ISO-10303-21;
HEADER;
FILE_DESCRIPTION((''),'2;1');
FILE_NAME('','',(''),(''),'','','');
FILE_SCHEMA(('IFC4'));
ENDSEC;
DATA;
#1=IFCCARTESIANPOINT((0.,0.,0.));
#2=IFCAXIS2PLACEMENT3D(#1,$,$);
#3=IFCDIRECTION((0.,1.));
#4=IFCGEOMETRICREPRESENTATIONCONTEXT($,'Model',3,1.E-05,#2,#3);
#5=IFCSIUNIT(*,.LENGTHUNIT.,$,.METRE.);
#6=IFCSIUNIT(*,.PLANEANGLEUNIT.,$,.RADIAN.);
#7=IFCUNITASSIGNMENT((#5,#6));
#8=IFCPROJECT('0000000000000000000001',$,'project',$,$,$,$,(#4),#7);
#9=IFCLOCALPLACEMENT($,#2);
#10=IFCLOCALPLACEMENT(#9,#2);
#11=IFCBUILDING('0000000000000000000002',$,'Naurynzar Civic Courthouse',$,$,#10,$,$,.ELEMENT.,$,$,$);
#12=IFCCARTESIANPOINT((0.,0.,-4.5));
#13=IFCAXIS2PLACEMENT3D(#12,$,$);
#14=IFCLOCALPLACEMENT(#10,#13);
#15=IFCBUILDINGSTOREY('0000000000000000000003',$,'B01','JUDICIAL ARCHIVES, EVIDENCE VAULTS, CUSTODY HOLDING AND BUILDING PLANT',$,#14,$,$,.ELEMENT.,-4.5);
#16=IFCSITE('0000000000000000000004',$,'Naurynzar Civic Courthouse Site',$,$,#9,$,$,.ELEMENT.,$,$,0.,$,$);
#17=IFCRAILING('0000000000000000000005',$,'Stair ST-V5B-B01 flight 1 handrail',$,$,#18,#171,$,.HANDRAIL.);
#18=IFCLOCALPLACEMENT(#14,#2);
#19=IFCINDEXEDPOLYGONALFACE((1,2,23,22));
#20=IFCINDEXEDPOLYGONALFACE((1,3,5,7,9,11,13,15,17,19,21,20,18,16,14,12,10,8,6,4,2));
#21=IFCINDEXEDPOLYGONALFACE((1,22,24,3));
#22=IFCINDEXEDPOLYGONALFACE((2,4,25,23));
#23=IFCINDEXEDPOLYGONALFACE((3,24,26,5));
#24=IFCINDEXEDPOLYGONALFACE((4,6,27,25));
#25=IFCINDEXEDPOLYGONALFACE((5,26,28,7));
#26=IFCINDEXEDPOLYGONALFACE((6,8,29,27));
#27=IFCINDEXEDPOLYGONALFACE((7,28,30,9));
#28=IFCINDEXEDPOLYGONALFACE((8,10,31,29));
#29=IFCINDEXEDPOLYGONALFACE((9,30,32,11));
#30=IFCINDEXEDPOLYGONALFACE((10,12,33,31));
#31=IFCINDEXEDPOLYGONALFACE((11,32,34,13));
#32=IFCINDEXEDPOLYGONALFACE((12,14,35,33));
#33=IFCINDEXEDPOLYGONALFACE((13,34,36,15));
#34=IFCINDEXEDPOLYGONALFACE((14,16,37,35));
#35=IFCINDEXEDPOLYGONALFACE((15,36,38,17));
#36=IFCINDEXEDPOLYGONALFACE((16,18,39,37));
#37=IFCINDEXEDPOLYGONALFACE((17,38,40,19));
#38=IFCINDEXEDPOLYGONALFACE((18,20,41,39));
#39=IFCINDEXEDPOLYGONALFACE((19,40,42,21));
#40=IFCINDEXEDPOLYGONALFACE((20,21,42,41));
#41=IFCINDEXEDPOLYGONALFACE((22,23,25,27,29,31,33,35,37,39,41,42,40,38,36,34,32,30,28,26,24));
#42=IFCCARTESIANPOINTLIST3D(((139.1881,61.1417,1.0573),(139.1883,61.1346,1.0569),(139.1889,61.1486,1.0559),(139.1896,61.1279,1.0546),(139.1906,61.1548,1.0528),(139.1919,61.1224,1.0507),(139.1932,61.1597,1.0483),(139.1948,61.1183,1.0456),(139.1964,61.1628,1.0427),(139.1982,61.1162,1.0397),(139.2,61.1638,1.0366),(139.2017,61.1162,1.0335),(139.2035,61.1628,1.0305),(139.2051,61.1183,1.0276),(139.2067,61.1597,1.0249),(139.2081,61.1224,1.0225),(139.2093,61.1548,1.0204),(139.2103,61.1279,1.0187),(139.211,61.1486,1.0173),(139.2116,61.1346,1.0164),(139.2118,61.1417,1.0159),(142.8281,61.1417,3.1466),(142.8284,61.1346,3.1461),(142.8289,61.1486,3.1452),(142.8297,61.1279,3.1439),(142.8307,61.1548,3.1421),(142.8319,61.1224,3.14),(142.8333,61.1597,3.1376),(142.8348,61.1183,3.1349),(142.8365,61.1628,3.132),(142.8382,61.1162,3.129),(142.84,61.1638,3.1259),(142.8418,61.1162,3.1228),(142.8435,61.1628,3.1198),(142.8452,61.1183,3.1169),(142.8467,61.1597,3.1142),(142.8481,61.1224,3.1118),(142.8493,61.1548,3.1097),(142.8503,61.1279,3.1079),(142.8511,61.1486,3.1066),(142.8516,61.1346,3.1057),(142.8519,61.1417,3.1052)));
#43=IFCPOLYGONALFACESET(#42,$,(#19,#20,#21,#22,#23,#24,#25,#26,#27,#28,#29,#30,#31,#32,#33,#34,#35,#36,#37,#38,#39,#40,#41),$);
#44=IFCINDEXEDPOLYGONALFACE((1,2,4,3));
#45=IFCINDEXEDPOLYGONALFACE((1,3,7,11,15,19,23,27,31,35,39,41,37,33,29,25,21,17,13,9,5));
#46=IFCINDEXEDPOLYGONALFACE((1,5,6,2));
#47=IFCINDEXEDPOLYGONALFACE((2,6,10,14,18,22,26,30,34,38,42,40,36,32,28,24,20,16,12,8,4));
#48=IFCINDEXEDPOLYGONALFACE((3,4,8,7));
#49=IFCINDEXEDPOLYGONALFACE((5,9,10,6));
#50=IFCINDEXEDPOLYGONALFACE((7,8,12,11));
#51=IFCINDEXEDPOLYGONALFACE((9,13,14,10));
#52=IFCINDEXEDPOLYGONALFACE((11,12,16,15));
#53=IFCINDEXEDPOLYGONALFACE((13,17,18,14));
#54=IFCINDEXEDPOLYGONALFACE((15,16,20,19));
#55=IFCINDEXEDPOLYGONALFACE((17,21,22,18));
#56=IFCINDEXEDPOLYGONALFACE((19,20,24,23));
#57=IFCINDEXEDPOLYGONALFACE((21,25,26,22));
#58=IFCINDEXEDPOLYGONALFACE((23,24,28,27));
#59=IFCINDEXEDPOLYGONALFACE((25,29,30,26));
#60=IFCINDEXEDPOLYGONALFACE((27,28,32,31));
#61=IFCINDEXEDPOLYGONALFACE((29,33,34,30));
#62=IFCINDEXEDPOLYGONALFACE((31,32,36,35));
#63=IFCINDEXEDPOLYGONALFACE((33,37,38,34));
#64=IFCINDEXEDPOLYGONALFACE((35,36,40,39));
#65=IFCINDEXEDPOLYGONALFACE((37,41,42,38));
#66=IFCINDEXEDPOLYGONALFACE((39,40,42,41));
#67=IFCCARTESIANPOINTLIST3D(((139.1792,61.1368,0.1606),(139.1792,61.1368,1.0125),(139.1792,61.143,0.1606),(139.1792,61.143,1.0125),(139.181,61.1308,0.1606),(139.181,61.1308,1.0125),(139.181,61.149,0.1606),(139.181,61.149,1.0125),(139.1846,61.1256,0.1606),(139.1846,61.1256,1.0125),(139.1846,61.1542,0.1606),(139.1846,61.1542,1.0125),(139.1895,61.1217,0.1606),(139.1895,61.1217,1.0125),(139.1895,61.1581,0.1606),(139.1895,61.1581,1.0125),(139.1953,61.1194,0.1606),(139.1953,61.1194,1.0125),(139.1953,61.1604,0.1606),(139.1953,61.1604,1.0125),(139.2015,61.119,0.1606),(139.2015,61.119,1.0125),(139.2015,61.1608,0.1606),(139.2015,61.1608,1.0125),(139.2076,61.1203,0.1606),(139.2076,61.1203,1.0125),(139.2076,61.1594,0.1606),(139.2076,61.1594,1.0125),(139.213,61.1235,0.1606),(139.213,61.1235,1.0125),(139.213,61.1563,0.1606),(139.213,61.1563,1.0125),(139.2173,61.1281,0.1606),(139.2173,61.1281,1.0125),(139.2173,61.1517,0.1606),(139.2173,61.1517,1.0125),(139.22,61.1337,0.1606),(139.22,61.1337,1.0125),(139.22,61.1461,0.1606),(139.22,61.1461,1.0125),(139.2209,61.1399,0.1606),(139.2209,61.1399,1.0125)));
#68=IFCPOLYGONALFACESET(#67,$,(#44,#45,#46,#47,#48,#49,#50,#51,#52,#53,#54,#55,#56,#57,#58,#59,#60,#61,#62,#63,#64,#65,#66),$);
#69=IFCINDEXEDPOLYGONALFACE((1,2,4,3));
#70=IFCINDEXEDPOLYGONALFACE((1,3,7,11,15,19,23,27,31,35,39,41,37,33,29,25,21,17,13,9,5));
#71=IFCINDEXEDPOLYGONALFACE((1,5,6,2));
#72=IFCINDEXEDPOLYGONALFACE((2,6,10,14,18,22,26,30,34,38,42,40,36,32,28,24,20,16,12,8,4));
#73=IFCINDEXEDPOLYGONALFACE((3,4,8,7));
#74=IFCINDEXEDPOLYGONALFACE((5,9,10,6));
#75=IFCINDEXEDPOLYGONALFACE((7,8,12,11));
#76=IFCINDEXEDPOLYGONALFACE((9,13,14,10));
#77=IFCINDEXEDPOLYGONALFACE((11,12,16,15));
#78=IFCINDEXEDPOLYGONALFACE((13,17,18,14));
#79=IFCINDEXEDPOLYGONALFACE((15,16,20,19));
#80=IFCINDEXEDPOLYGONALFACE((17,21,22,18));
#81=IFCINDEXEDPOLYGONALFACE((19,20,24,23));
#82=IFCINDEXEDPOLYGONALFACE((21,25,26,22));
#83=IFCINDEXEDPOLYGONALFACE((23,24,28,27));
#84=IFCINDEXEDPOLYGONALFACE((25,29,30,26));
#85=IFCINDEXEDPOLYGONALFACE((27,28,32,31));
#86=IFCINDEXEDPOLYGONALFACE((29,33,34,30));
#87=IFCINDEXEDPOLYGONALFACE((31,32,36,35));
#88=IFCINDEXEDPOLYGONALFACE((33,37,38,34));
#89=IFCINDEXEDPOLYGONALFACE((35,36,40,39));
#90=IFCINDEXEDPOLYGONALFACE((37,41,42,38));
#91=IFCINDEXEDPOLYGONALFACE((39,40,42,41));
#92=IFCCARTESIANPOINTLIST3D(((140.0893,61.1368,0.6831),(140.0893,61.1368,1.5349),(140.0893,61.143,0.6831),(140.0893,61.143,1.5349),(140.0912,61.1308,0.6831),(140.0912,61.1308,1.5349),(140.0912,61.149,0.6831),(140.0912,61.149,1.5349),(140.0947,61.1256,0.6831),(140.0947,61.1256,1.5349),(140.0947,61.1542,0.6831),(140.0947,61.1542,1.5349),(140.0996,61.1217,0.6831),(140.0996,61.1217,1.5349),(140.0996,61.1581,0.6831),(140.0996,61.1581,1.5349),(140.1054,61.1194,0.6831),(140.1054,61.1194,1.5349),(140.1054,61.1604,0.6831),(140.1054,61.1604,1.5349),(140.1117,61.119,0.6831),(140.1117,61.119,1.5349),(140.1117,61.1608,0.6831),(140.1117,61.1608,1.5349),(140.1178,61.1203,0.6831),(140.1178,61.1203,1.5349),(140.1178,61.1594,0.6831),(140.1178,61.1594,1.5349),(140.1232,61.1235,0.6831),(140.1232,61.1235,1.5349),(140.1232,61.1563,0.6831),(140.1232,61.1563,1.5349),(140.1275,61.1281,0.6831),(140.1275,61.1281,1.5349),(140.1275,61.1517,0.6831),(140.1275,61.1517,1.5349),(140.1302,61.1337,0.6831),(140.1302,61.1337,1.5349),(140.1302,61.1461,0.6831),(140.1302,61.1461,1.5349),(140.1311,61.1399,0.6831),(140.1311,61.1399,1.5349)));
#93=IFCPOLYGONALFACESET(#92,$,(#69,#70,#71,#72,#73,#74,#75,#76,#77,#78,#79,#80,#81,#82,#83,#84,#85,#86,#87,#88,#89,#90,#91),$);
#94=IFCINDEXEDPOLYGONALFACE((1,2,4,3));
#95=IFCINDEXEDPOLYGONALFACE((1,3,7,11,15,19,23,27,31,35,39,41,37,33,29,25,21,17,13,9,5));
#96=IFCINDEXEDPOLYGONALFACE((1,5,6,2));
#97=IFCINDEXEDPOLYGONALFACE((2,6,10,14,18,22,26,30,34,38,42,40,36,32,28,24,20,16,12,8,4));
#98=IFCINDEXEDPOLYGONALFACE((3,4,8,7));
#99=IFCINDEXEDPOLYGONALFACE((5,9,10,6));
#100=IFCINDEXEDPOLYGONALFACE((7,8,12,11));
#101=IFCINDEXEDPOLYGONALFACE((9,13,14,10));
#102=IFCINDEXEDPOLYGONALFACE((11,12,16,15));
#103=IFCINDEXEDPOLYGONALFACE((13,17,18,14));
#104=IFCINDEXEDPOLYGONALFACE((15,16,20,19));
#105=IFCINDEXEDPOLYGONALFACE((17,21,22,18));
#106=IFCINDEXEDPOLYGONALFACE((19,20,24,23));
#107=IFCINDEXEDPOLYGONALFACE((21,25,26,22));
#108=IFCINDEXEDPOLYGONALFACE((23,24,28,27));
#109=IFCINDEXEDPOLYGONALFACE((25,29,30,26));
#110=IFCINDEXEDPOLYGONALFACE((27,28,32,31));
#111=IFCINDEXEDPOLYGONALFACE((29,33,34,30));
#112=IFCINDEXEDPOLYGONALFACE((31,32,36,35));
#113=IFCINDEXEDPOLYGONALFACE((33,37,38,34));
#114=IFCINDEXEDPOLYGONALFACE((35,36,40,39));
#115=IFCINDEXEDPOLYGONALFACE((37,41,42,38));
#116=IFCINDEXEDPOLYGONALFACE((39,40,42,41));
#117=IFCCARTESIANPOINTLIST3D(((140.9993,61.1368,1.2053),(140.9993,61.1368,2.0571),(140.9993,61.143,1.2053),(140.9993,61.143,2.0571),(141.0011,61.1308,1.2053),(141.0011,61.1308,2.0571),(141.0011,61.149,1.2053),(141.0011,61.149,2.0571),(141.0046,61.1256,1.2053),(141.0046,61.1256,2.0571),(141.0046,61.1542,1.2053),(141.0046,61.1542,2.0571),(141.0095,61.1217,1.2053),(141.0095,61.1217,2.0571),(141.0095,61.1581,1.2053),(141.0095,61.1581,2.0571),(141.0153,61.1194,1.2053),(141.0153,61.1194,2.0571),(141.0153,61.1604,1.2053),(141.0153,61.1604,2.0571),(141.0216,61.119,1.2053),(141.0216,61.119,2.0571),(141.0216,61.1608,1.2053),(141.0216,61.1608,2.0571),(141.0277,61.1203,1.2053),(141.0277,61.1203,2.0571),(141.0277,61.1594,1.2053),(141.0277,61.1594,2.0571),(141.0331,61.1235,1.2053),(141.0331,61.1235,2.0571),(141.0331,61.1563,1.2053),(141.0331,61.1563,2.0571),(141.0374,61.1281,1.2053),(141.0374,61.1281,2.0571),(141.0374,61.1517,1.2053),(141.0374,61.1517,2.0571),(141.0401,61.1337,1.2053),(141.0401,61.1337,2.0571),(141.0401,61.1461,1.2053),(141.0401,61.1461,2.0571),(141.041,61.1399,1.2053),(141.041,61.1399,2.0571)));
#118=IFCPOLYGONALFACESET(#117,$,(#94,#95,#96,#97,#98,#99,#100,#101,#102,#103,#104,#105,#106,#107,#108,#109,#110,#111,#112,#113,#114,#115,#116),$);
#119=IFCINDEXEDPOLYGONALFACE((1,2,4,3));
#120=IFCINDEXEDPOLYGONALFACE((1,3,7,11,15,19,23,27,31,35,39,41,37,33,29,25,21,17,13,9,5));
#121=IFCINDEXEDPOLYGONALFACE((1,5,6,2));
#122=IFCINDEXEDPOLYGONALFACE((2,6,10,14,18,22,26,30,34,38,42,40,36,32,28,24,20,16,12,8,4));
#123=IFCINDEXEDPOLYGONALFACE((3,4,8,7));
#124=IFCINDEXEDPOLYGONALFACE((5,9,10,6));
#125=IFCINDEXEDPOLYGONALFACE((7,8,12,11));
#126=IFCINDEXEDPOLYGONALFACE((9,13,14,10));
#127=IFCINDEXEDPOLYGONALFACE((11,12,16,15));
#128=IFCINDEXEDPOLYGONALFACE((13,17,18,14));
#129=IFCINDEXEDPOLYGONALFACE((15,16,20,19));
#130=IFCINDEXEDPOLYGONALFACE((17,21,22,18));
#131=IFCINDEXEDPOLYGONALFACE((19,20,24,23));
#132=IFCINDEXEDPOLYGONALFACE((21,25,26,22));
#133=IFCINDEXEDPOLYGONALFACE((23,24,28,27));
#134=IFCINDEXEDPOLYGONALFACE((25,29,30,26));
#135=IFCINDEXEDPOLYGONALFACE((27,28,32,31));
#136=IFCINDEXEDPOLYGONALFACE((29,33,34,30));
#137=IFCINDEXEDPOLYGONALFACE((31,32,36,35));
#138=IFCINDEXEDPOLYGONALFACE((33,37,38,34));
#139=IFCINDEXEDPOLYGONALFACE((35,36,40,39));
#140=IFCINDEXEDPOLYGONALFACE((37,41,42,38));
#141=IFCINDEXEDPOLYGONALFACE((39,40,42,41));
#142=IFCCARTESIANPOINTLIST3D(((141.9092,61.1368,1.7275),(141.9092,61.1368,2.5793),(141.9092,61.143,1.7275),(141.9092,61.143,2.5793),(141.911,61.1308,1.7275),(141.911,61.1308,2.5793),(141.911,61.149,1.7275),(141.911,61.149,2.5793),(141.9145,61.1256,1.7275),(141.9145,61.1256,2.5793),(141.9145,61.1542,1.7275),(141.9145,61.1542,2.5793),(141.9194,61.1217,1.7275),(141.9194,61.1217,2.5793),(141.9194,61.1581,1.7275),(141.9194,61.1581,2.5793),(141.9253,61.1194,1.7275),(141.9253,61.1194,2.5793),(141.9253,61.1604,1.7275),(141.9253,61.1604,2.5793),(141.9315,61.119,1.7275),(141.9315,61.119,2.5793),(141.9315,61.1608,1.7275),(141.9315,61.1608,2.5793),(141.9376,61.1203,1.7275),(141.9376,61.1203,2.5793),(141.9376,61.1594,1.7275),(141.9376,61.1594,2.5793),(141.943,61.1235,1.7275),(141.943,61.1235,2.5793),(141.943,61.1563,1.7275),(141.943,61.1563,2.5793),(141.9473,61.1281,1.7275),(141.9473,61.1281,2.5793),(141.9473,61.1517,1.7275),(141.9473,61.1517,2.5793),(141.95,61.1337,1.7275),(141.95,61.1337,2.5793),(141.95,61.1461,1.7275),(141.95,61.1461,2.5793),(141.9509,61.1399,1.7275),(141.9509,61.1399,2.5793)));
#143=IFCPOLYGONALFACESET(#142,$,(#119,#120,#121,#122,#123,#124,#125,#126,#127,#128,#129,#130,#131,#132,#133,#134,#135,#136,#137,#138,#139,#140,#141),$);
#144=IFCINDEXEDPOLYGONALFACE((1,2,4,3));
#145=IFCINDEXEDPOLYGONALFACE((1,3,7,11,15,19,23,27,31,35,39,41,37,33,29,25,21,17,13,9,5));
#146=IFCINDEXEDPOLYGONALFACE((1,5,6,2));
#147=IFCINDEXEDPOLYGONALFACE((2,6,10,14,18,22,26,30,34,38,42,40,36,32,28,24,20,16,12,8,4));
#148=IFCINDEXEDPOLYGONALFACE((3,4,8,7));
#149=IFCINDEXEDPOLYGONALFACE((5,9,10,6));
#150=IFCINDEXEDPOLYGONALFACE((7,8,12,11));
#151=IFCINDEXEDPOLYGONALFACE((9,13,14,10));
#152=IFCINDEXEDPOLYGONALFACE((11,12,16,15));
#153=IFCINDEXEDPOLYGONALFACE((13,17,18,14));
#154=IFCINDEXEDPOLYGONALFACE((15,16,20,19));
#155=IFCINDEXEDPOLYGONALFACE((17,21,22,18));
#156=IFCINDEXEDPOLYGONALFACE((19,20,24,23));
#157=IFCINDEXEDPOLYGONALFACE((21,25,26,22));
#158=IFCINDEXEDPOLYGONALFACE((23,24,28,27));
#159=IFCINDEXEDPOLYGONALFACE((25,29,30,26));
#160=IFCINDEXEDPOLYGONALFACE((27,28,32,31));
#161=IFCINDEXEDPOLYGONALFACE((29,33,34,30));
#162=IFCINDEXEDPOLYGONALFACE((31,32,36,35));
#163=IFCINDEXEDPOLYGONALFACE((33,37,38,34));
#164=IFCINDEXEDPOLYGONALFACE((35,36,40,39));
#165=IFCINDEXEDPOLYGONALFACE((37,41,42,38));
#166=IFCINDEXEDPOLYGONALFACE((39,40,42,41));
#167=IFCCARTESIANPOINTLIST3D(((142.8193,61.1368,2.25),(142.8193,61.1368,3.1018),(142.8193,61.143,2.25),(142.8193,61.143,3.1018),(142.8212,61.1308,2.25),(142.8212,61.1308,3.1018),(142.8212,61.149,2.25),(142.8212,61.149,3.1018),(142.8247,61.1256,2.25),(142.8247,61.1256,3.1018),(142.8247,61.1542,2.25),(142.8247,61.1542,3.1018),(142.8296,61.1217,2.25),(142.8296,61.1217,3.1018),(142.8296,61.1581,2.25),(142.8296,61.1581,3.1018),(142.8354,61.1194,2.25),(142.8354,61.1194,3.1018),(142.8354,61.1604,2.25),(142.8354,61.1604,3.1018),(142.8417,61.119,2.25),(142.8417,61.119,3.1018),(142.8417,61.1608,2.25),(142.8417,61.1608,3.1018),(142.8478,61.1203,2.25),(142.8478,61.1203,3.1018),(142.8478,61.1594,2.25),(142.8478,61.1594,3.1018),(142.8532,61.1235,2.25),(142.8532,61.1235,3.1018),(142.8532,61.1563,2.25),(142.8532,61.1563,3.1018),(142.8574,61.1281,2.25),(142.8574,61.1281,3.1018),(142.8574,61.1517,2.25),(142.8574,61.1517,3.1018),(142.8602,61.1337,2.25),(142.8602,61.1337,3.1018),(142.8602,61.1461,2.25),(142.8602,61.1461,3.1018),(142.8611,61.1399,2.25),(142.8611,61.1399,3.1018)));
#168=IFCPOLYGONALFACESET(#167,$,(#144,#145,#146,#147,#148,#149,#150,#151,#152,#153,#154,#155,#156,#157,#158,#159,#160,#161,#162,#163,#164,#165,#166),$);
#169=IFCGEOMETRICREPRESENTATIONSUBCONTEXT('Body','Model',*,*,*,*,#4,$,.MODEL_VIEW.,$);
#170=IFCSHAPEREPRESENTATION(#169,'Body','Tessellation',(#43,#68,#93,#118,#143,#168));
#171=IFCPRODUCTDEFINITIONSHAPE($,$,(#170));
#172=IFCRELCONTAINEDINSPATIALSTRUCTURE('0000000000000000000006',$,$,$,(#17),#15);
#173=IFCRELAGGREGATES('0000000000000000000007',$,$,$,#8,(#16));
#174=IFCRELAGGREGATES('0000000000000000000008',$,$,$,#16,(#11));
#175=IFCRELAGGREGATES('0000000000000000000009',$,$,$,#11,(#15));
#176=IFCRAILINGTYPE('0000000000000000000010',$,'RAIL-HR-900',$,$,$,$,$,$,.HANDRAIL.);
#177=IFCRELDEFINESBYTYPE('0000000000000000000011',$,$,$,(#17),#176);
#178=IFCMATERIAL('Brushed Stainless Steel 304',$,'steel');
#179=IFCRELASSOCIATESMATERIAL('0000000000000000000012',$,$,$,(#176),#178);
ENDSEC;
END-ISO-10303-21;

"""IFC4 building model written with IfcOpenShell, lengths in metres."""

from ifc_helpers import new_model, si_unit, direction, frame, origin, origin_2d, place, context, subcontext, project, spatial, circle, extrude, material, type_object, element, save


model = new_model("IFC4")

# Units and contexts
model_context = context("Model", 3, precision=1e-05, world=origin(), true_north=direction((0.0, 1.0)))
body_context = subcontext(model_context, "Body", "Model", "MODEL_VIEW")
ifc_project = project(units=[si_unit("LENGTHUNIT", "METRE"), si_unit("PLANEANGLEUNIT", "RADIAN")], contexts=[model_context])

# Site, building, storey
site_placement = place(None, origin())
site = spatial("IfcSite", under=ifc_project, at=site_placement, Name="Naurynzar Civic Courthouse Site", CompositionType="ELEMENT", RefElevation=0.0)
building_placement = place(site_placement, origin())
building = spatial("IfcBuilding", under=site, at=building_placement, Name="Naurynzar Civic Courthouse", CompositionType="ELEMENT")
storey_placement = place(building_placement, frame((0.0, 0.0, -4.5)))
storey = spatial("IfcBuildingStorey", under=building, at=storey_placement, Name="B01", Description="JUDICIAL ARCHIVES, EVIDENCE VAULTS, CUSTODY HOLDING AND BUILDING PLANT", CompositionType="ELEMENT", Elevation=-4.5)

# Railing
ifc_material_1 = material(Name="Brushed Stainless Steel 304", Category="steel")
railing_type_1 = type_object("IfcRailingType", Name="RAIL-HR-900", PredefinedType="HANDRAIL", material=ifc_material_1)
railing_1_placement = place(storey_placement, frame((139.2, 61.1399, 0.1606)))
element("IfcRailing", 1, at=railing_1_placement, inside=storey, type_object=railing_type_1, Name="Stair ST-V5B-B01 flight 1 handrail", PredefinedType="HANDRAIL", context=body_context, shape_type="SweptSolid", body=[
    extrude(circle(Radius=0.0239, at=origin_2d()), frame((0.0, 0.0, 0.876), z_axis=(0.867289, 0.0, 0.497804), x_axis=(0.0, 1.0, 0.0)), (0.0, 0.0, 1.0), 4.197),
    extrude(circle(Radius=0.021, at=origin_2d()), origin(), (0.0, 0.0, 1.0), 0.8518),
    extrude(circle(Radius=0.021, at=origin_2d()), frame((0.9102, 0.0, 0.5225)), (0.0, 0.0, 1.0), 0.8518),
    extrude(circle(Radius=0.021, at=origin_2d()), frame((1.8201, 0.0, 1.0447)), (0.0, 0.0, 1.0), 0.8518),
    extrude(circle(Radius=0.021, at=origin_2d()), frame((2.73, 0.0, 1.5669)), (0.0, 0.0, 1.0), 0.8518),
    extrude(circle(Radius=0.021, at=origin_2d()), frame((3.6401, 0.0, 2.0894)), (0.0, 0.0, 1.0), 0.8518),
])

save(model, "model.ifc")
